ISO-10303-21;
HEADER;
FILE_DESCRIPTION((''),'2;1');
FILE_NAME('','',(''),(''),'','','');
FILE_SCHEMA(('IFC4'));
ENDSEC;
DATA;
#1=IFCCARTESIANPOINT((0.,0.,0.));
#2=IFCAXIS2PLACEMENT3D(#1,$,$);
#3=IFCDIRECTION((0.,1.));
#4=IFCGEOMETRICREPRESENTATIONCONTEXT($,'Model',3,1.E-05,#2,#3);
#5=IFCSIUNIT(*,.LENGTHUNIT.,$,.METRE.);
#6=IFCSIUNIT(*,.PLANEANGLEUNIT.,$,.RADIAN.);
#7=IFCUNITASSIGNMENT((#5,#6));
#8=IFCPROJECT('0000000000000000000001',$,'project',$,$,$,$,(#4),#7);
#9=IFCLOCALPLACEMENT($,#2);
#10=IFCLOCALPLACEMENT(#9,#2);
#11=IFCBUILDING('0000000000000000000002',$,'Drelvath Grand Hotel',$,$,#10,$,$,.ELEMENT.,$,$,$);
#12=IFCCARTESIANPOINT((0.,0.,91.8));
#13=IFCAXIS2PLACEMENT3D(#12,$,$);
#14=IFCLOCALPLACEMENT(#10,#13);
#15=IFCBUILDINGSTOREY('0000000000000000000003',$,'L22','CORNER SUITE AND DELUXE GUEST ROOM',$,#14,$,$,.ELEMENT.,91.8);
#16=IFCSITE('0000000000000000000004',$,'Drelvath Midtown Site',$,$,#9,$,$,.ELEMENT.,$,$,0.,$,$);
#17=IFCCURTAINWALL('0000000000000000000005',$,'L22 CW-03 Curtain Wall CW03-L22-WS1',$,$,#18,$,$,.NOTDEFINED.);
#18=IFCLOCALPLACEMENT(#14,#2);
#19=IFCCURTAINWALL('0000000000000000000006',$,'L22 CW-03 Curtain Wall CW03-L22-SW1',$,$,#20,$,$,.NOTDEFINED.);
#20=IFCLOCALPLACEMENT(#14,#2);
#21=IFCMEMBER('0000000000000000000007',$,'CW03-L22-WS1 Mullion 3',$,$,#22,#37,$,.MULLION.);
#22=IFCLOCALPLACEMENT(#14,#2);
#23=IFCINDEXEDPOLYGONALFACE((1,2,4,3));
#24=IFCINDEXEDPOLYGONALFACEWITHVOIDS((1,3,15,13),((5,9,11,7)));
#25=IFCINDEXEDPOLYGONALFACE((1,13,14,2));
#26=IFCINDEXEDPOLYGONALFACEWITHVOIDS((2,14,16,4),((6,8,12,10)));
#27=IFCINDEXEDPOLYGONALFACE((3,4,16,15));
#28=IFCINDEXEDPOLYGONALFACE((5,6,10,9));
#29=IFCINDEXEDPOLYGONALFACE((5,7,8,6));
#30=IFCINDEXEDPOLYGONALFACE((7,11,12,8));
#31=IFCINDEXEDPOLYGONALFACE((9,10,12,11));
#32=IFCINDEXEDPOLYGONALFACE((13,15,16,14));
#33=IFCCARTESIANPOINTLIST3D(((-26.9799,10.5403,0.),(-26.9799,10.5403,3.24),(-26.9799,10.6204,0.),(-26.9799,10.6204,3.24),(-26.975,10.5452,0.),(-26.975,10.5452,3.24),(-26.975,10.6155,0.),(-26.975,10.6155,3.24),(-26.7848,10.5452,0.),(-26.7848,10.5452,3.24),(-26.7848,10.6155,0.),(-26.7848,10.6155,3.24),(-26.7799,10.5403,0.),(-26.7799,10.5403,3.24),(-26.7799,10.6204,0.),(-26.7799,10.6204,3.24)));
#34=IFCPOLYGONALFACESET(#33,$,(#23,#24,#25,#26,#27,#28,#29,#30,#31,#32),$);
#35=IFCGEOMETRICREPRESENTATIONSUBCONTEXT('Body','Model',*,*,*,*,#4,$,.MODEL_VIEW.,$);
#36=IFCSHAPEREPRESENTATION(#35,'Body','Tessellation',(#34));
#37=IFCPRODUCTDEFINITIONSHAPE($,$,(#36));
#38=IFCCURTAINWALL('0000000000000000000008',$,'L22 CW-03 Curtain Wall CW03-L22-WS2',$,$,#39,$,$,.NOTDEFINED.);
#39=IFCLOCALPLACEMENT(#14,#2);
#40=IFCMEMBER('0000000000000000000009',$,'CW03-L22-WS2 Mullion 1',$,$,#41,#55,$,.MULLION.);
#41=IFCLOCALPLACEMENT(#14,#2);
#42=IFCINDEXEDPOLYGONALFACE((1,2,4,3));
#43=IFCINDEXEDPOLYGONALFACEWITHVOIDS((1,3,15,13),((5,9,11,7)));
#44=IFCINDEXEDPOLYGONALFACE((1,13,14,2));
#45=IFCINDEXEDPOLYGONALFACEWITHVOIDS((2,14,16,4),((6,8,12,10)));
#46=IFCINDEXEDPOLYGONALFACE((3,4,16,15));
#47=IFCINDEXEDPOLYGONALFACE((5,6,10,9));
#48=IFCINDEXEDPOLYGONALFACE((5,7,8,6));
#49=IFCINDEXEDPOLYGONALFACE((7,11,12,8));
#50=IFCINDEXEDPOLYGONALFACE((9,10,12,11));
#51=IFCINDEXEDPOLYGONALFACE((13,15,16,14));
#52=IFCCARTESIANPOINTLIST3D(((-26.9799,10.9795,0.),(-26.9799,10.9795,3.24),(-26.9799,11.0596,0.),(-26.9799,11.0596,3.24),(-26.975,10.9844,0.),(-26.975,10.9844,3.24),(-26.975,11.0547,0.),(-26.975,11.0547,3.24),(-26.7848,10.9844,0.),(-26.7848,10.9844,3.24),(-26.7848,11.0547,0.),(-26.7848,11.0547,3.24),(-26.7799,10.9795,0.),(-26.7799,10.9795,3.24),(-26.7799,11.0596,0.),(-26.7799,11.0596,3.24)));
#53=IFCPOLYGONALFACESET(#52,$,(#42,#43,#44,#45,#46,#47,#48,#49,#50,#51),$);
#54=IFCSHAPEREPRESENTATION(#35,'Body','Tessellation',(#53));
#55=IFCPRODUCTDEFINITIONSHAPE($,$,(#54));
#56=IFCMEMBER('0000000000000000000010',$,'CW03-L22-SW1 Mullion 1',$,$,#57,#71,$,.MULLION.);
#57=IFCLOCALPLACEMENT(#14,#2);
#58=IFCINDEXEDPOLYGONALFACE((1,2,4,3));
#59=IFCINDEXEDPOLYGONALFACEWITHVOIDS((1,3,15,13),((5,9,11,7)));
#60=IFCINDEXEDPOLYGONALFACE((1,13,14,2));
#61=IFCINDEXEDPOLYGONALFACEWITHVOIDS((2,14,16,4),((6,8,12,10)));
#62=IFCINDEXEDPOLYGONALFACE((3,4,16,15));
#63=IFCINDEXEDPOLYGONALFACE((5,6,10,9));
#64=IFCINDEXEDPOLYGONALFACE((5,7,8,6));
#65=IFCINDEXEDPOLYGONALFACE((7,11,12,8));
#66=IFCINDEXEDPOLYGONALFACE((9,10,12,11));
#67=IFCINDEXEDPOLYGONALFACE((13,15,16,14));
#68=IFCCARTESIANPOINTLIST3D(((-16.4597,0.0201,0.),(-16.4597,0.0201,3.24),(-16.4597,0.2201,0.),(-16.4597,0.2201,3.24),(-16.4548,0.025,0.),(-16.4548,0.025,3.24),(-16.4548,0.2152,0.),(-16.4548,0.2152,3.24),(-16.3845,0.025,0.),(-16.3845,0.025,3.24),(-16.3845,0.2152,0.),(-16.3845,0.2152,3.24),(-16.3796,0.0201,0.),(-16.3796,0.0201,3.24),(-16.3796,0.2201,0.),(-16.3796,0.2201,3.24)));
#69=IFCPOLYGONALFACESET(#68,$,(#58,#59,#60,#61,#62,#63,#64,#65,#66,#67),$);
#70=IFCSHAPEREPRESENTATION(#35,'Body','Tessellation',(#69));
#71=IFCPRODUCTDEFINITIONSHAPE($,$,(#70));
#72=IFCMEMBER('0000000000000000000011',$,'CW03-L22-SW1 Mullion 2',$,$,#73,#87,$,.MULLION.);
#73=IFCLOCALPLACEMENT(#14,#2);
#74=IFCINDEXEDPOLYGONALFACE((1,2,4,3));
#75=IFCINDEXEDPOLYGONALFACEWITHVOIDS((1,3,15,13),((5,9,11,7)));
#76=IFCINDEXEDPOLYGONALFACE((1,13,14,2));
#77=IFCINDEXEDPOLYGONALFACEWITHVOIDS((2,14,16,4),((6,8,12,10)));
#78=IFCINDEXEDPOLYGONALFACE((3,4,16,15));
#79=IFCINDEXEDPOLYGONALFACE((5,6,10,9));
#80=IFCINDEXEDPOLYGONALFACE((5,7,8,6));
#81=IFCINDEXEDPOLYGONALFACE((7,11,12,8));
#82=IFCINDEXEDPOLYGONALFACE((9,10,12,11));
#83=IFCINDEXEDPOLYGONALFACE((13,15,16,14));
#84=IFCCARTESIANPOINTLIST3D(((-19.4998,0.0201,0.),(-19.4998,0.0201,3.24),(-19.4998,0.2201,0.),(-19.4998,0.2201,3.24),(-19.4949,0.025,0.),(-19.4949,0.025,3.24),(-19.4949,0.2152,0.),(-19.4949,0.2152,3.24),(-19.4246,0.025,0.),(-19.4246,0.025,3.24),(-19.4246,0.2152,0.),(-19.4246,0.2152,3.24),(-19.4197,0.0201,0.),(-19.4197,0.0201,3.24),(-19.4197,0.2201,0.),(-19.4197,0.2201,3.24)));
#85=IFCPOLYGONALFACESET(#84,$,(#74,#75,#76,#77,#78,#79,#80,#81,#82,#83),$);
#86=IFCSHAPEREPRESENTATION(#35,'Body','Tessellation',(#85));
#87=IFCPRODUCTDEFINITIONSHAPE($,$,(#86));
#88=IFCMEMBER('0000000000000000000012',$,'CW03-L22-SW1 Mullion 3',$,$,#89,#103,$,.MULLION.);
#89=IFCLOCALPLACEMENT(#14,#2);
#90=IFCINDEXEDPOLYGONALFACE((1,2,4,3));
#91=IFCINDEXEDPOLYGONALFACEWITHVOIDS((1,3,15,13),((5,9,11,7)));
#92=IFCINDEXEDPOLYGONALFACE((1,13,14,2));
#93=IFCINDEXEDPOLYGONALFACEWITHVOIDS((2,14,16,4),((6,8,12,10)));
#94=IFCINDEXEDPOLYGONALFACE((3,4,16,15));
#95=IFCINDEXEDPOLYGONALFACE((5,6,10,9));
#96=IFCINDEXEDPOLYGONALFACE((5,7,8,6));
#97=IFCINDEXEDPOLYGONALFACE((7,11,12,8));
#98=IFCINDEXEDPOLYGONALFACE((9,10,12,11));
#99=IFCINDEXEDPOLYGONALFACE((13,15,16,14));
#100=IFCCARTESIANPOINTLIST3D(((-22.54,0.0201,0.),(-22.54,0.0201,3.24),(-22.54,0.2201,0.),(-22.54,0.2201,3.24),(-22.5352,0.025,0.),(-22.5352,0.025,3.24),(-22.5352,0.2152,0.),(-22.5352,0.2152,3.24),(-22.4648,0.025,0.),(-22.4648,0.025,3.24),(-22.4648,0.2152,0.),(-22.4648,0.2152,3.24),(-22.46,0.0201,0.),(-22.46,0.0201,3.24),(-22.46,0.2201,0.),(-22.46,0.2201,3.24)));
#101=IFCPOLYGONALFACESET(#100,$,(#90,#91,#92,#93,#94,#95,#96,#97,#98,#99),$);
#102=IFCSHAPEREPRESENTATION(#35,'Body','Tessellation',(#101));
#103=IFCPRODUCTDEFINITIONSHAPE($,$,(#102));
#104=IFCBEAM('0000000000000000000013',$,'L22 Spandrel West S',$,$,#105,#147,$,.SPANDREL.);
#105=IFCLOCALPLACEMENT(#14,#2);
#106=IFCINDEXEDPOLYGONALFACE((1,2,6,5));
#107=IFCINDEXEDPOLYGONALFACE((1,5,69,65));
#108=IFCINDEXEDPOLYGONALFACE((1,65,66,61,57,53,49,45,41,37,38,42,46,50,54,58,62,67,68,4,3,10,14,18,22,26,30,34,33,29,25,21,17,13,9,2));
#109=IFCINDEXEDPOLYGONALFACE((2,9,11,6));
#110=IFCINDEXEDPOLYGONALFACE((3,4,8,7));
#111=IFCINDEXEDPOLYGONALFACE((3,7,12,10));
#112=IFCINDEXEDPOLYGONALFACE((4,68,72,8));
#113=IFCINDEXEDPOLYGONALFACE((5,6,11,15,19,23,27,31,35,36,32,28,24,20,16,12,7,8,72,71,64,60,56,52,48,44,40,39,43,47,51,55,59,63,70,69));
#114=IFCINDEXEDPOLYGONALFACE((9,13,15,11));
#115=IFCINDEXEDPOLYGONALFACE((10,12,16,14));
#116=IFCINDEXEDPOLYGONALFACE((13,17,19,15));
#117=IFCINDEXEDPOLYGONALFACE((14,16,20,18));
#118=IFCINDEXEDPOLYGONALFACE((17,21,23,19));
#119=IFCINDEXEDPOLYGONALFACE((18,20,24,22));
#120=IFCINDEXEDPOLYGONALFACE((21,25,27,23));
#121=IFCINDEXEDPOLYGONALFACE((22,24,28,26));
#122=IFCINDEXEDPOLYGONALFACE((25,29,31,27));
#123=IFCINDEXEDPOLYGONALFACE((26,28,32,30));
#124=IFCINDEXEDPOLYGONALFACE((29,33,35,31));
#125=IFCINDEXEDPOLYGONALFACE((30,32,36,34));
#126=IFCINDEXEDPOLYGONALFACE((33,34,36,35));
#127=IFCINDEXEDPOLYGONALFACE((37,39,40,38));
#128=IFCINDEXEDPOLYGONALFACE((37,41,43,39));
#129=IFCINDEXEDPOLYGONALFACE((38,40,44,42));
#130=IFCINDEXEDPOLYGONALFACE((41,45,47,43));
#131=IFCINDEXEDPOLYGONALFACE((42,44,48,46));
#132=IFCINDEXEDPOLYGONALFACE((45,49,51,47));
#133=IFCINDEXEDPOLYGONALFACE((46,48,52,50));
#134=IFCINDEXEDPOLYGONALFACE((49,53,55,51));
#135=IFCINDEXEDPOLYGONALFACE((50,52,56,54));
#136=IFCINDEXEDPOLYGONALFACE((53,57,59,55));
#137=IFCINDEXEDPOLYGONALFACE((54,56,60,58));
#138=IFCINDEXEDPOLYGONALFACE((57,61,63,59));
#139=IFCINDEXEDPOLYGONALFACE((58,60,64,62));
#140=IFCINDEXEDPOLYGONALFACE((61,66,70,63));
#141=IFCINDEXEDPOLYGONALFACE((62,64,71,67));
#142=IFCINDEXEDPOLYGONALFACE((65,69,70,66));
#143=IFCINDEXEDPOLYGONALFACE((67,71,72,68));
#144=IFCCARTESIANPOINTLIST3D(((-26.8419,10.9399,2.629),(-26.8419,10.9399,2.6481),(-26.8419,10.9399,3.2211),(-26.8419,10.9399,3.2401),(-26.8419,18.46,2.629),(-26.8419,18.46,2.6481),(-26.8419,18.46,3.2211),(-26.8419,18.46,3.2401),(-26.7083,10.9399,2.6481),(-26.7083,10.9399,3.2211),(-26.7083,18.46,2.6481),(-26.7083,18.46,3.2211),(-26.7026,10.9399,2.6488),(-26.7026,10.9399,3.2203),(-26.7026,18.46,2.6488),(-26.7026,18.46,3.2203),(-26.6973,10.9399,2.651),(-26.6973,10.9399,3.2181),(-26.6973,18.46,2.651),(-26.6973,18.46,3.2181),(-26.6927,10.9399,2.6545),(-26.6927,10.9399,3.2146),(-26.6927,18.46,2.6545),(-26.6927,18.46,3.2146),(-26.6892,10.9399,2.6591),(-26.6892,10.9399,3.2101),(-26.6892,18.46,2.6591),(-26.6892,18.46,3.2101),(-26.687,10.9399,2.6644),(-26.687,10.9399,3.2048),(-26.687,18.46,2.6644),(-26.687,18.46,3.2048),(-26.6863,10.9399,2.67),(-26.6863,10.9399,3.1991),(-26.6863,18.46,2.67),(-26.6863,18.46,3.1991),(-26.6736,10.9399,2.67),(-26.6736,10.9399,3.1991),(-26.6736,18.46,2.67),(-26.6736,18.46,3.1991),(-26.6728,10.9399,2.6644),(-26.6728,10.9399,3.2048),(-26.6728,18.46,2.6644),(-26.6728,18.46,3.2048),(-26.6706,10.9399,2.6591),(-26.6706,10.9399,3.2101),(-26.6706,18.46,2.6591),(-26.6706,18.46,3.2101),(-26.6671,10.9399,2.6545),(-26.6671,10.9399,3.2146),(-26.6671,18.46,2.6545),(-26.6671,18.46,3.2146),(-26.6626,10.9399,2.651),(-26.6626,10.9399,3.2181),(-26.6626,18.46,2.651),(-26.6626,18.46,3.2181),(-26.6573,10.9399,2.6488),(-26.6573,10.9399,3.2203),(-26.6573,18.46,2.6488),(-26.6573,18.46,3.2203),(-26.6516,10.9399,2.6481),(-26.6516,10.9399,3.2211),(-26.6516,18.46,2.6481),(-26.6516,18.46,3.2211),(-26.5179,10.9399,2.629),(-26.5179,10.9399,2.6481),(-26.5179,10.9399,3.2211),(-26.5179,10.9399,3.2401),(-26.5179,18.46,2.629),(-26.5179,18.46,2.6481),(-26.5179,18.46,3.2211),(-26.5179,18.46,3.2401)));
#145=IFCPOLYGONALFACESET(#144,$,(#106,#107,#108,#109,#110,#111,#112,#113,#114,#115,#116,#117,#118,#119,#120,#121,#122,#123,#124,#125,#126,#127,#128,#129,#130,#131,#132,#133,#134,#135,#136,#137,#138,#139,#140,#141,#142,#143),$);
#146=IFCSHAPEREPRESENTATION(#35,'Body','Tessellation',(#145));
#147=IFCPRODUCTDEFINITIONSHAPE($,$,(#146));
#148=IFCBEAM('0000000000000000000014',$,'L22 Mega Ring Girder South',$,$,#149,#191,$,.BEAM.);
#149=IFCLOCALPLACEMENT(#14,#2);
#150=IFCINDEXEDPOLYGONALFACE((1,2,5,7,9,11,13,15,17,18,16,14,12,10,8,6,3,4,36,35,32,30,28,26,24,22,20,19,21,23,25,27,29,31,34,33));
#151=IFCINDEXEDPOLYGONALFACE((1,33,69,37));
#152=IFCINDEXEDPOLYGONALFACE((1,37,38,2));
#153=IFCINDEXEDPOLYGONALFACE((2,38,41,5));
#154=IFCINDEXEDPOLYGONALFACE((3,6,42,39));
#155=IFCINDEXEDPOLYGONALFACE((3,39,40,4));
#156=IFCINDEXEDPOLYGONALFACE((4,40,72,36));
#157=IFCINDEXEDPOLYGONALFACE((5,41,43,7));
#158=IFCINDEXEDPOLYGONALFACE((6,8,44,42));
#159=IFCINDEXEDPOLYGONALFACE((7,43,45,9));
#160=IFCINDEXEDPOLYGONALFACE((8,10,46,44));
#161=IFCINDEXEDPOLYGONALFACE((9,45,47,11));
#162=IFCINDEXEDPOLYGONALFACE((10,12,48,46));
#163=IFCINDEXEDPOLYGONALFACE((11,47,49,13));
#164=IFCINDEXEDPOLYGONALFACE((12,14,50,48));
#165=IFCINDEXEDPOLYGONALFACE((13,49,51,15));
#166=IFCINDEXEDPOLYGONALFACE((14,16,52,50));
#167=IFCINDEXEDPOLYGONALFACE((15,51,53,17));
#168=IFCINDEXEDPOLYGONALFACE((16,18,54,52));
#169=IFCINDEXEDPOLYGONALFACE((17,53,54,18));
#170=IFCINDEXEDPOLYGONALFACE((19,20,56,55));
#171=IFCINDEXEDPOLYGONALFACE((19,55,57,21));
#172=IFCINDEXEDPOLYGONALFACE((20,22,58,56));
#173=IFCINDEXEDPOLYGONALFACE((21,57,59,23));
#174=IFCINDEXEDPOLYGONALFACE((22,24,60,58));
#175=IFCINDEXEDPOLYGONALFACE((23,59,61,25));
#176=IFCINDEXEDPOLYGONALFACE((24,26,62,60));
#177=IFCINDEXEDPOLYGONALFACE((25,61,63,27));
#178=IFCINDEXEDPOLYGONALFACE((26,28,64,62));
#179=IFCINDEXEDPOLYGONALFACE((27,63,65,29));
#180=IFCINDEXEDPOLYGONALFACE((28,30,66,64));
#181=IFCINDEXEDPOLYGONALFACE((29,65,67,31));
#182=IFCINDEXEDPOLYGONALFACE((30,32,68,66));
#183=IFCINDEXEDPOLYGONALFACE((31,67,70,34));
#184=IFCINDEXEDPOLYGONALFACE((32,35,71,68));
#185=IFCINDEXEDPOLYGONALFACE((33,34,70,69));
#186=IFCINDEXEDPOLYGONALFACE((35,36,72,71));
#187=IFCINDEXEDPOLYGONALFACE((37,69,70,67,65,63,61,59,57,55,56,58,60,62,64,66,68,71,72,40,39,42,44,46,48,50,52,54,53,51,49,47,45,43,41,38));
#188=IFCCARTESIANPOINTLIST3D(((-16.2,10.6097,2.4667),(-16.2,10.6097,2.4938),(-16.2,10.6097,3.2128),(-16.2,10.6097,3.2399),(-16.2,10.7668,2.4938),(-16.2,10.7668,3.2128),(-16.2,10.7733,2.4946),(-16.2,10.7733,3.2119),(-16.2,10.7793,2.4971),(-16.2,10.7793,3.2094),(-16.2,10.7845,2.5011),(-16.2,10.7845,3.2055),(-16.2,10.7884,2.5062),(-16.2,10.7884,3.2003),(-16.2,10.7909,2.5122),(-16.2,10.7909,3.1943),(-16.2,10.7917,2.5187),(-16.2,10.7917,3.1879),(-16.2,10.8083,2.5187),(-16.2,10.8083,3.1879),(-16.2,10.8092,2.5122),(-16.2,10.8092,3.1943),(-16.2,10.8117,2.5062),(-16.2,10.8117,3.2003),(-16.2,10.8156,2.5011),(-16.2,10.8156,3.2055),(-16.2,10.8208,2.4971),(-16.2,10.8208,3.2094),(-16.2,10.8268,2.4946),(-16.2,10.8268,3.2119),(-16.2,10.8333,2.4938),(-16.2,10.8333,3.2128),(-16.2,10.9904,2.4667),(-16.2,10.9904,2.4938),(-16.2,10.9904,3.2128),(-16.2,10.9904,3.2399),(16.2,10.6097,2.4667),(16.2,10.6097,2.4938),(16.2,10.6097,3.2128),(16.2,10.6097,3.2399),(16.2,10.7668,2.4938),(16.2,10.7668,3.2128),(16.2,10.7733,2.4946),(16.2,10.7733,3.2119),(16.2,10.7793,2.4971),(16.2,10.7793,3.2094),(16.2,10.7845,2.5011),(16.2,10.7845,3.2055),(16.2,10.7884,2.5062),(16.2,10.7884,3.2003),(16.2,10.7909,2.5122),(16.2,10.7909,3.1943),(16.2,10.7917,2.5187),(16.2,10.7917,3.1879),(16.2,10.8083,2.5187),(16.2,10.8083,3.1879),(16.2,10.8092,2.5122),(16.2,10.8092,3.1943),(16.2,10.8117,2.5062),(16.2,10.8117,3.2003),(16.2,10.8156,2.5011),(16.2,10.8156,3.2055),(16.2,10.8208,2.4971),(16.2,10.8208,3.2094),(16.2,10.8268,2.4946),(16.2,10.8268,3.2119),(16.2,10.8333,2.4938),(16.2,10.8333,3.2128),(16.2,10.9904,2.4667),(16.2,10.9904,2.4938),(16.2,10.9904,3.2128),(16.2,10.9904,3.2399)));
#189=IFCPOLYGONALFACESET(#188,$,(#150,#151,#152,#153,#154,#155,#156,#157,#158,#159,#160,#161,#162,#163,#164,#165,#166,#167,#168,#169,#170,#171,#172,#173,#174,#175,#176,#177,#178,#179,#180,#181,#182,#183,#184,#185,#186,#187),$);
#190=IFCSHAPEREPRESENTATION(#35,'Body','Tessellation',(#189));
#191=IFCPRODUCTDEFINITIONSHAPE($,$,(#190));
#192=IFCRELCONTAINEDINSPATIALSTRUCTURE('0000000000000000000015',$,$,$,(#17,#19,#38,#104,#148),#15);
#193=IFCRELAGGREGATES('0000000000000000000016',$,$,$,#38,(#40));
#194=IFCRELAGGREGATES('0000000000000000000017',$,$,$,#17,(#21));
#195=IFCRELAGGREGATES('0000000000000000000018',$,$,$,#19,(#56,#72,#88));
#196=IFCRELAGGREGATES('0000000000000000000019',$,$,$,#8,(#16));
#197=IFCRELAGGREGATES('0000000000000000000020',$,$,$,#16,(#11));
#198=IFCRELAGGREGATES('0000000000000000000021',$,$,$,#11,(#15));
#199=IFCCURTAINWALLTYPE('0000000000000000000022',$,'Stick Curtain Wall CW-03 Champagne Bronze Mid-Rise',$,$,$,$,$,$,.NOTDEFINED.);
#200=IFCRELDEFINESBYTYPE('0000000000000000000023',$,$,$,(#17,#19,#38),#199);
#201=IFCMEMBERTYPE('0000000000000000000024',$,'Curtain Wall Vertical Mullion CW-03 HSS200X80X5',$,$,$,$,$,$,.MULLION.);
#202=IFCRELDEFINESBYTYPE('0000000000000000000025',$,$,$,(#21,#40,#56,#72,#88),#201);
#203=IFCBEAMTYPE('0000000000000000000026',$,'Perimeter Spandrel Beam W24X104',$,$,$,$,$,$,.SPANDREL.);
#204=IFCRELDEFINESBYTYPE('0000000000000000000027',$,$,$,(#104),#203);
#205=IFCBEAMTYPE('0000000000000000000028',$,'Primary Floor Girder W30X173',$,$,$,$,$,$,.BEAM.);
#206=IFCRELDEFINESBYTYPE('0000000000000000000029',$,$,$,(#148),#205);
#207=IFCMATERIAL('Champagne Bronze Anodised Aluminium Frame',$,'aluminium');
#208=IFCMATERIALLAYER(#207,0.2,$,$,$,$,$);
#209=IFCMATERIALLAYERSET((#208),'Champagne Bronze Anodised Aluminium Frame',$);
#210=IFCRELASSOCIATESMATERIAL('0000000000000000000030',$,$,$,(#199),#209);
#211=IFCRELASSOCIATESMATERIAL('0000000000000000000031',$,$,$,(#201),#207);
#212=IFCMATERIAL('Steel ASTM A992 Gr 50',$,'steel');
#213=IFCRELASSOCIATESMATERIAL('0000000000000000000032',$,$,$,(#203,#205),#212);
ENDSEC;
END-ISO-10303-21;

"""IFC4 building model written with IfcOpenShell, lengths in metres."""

from ifc_helpers import new_model, si_unit, direction, frame, origin, origin_2d, place, context, subcontext, project, spatial, hollow_rectangle, i_section, extrude, material, layer, layer_set, material_profile, profile_set, type_object, element, aggregate, save


model = new_model("IFC4")

# Units and contexts
model_context = context("Model", 3, precision=1e-05, world=origin(), true_north=direction((0.0, 1.0)))
body_context = subcontext(model_context, "Body", "Model", "MODEL_VIEW")
ifc_project = project(units=[si_unit("LENGTHUNIT", "METRE"), si_unit("PLANEANGLEUNIT", "RADIAN")], contexts=[model_context])

# Site, building, storey
site_placement = place(None, origin())
site = spatial("IfcSite", under=ifc_project, at=site_placement, Name="Drelvath Midtown Site", CompositionType="ELEMENT", RefElevation=0.0)
building_placement = place(site_placement, origin())
building = spatial("IfcBuilding", under=site, at=building_placement, Name="Drelvath Grand Hotel", CompositionType="ELEMENT")
storey_placement = place(building_placement, frame((0.0, 0.0, 91.8)))
storey = spatial("IfcBuildingStorey", under=building, at=storey_placement, Name="L22", Description="CORNER SUITE AND DELUXE GUEST ROOM", CompositionType="ELEMENT", Elevation=91.8)

# Curtain walls
ifc_material_1 = material(Name="Champagne Bronze Anodised Aluminium Frame", Category="aluminium")
ifc_layer_1 = layer(ifc_material_1, 0.2)
ifc_layer_set_1 = layer_set([ifc_layer_1], Name="Champagne Bronze Anodised Aluminium Frame")
curtain_wall_type = type_object("IfcCurtainWallType", Name="Stick Curtain Wall CW-03 Champagne Bronze Mid-Rise", PredefinedType="NOTDEFINED", material=ifc_layer_set_1)
curtain_wall_1_placement = place(storey_placement, origin())
curtain_wall_1 = element("IfcCurtainWall", 1, at=curtain_wall_1_placement, inside=storey, type_object=curtain_wall_type, Name="L22 CW-03 Curtain Wall CW03-L22-WS1", PredefinedType="NOTDEFINED")
curtain_wall_2_placement = place(storey_placement, origin())
curtain_wall_2 = element("IfcCurtainWall", 2, at=curtain_wall_2_placement, inside=storey, type_object=curtain_wall_type, Name="L22 CW-03 Curtain Wall CW03-L22-SW1", PredefinedType="NOTDEFINED")

# Member
ifc_material_profile_1 = material_profile(ifc_material_1, hollow_rectangle(XDim=0.0801, YDim=0.2, WallThickness=0.0049, at=origin_2d()), Name="HSS200X80X5")
ifc_profile_set_1 = profile_set([ifc_material_profile_1], Name="Champagne Bronze Anodised Aluminium Frame")
member_type_1 = type_object("IfcMemberType", Name="Curtain Wall Vertical Mullion CW-03 HSS200X80X5", PredefinedType="MULLION", material=ifc_profile_set_1)
member_1_placement = place(storey_placement, frame((-26.8799, 10.5803, 0.0), z_axis=(0.0, 0.0, 1.0), x_axis=(0.0, 1.0, 0.0)))
member_1 = element("IfcMember", 3, at=member_1_placement, type_object=member_type_1, Name="CW03-L22-WS1 Mullion 3", PredefinedType="MULLION", context=body_context, shape_type="SweptSolid", body=[
    extrude(hollow_rectangle(XDim=0.0801, YDim=0.2, WallThickness=0.0049, at=origin_2d()), origin(), (0.0, 0.0, 1.0), 3.24),
])

# Curtain wall, member
curtain_wall_3_placement = place(storey_placement, origin())
curtain_wall_3 = element("IfcCurtainWall", 4, at=curtain_wall_3_placement, inside=storey, type_object=curtain_wall_type, Name="L22 CW-03 Curtain Wall CW03-L22-WS2", PredefinedType="NOTDEFINED")
member_2_placement = place(storey_placement, frame((-26.8799, 11.0195, 0.0), z_axis=(0.0, 0.0, 1.0), x_axis=(0.0, 1.0, 0.0)))
member_2 = element("IfcMember", 5, at=member_2_placement, type_object=member_type_1, Name="CW03-L22-WS2 Mullion 1", PredefinedType="MULLION", context=body_context, shape_type="SweptSolid", body=[
    extrude(hollow_rectangle(XDim=0.0801, YDim=0.2, WallThickness=0.0049, at=origin_2d()), origin(), (0.0, 0.0, 1.0), 3.24),
])
aggregate(curtain_wall_3, [member_2])

# Members
member_3_placement = place(storey_placement, frame((-16.4197, 0.1201, 0.0), z_axis=(0.0, 0.0, 1.0), x_axis=(1.0, 0.0, 0.0)))
member_3 = element("IfcMember", 6, at=member_3_placement, type_object=member_type_1, Name="CW03-L22-SW1 Mullion 1", PredefinedType="MULLION", context=body_context, shape_type="SweptSolid", body=[
    extrude(hollow_rectangle(XDim=0.0801, YDim=0.2, WallThickness=0.0049, at=origin_2d()), origin(), (0.0, 0.0, 1.0), 3.24),
])
member_4_placement = place(storey_placement, frame((-19.4597, 0.1201, 0.0), z_axis=(0.0, 0.0, 1.0), x_axis=(1.0, 0.0, 0.0)))
member_4 = element("IfcMember", 7, at=member_4_placement, type_object=member_type_1, Name="CW03-L22-SW1 Mullion 2", PredefinedType="MULLION", context=body_context, shape_type="SweptSolid", body=[
    extrude(hollow_rectangle(XDim=0.0801, YDim=0.2, WallThickness=0.0049, at=origin_2d()), origin(), (0.0, 0.0, 1.0), 3.24),
])
member_5_placement = place(storey_placement, frame((-22.5, 0.1201, 0.0), z_axis=(0.0, 0.0, 1.0), x_axis=(1.0, 0.0, 0.0)))
member_5 = element("IfcMember", 8, at=member_5_placement, type_object=member_type_1, Name="CW03-L22-SW1 Mullion 3", PredefinedType="MULLION", context=body_context, shape_type="SweptSolid", body=[
    extrude(hollow_rectangle(XDim=0.0801, YDim=0.2, WallThickness=0.0049, at=origin_2d()), origin(), (0.0, 0.0, 1.0), 3.24),
])

# Beams
ifc_material_2 = material(Name="Steel ASTM A992 Gr 50", Category="steel")
ifc_material_profile_2 = material_profile(ifc_material_2, i_section(OverallWidth=0.324, OverallDepth=0.6111, WebThickness=0.0127, FlangeThickness=0.019, FilletRadius=0.022, at=origin_2d()), Name="W24X104")
ifc_profile_set_2 = profile_set([ifc_material_profile_2], Name="Steel ASTM A992 Gr 50")
beam_type_1 = type_object("IfcBeamType", Name="Perimeter Spandrel Beam W24X104", PredefinedType="SPANDREL", material=ifc_profile_set_2)
beam_placement = place(storey_placement, frame((-26.6799, 10.9399, 2.9346), z_axis=(0.0, 1.0, 0.0), x_axis=(-1.0, 0.0, 0.0)))
element("IfcBeam", 9, at=beam_placement, inside=storey, type_object=beam_type_1, Name="L22 Spandrel West S", PredefinedType="SPANDREL", context=body_context, shape_type="SweptSolid", body=[
    extrude(i_section(OverallWidth=0.324, OverallDepth=0.6111, WebThickness=0.0127, FlangeThickness=0.019, FilletRadius=0.022, at=origin_2d()), origin(), (0.0, 0.0, 1.0), 7.52),
])
ifc_material_profile_3 = material_profile(ifc_material_2, i_section(OverallWidth=0.3806, OverallDepth=0.7732, WebThickness=0.0166, FlangeThickness=0.0271, FilletRadius=0.0249, at=origin_2d()), Name="W30X173")
ifc_profile_set_3 = profile_set([ifc_material_profile_3], Name="Steel ASTM A992 Gr 50")
beam_type_2 = type_object("IfcBeamType", Name="Primary Floor Girder W30X173", PredefinedType="BEAM", material=ifc_profile_set_3)
for number, where, z_axis, x_axis, name in (
    (10, (-16.2, 10.8, 2.8533), (1.0, 0.0, 0.0), (0.0, 1.0, 0.0), "L22 Mega Ring Girder South"),
):
    element("IfcBeam", number, at=place(storey_placement, frame(where, z_axis=z_axis, x_axis=x_axis)), inside=storey, type_object=beam_type_2, Name=name, PredefinedType="BEAM", context=body_context, shape_type="SweptSolid", body=[
        extrude(i_section(OverallWidth=0.3806, OverallDepth=0.7732, WebThickness=0.0166, FlangeThickness=0.0271, FilletRadius=0.0249, at=origin_2d()), origin(), (0.0, 0.0, 1.0), 32.3999),
    ])

aggregate(curtain_wall_1, [member_1])
aggregate(curtain_wall_2, [member_3, member_4, member_5])

save(model, "model.ifc")
